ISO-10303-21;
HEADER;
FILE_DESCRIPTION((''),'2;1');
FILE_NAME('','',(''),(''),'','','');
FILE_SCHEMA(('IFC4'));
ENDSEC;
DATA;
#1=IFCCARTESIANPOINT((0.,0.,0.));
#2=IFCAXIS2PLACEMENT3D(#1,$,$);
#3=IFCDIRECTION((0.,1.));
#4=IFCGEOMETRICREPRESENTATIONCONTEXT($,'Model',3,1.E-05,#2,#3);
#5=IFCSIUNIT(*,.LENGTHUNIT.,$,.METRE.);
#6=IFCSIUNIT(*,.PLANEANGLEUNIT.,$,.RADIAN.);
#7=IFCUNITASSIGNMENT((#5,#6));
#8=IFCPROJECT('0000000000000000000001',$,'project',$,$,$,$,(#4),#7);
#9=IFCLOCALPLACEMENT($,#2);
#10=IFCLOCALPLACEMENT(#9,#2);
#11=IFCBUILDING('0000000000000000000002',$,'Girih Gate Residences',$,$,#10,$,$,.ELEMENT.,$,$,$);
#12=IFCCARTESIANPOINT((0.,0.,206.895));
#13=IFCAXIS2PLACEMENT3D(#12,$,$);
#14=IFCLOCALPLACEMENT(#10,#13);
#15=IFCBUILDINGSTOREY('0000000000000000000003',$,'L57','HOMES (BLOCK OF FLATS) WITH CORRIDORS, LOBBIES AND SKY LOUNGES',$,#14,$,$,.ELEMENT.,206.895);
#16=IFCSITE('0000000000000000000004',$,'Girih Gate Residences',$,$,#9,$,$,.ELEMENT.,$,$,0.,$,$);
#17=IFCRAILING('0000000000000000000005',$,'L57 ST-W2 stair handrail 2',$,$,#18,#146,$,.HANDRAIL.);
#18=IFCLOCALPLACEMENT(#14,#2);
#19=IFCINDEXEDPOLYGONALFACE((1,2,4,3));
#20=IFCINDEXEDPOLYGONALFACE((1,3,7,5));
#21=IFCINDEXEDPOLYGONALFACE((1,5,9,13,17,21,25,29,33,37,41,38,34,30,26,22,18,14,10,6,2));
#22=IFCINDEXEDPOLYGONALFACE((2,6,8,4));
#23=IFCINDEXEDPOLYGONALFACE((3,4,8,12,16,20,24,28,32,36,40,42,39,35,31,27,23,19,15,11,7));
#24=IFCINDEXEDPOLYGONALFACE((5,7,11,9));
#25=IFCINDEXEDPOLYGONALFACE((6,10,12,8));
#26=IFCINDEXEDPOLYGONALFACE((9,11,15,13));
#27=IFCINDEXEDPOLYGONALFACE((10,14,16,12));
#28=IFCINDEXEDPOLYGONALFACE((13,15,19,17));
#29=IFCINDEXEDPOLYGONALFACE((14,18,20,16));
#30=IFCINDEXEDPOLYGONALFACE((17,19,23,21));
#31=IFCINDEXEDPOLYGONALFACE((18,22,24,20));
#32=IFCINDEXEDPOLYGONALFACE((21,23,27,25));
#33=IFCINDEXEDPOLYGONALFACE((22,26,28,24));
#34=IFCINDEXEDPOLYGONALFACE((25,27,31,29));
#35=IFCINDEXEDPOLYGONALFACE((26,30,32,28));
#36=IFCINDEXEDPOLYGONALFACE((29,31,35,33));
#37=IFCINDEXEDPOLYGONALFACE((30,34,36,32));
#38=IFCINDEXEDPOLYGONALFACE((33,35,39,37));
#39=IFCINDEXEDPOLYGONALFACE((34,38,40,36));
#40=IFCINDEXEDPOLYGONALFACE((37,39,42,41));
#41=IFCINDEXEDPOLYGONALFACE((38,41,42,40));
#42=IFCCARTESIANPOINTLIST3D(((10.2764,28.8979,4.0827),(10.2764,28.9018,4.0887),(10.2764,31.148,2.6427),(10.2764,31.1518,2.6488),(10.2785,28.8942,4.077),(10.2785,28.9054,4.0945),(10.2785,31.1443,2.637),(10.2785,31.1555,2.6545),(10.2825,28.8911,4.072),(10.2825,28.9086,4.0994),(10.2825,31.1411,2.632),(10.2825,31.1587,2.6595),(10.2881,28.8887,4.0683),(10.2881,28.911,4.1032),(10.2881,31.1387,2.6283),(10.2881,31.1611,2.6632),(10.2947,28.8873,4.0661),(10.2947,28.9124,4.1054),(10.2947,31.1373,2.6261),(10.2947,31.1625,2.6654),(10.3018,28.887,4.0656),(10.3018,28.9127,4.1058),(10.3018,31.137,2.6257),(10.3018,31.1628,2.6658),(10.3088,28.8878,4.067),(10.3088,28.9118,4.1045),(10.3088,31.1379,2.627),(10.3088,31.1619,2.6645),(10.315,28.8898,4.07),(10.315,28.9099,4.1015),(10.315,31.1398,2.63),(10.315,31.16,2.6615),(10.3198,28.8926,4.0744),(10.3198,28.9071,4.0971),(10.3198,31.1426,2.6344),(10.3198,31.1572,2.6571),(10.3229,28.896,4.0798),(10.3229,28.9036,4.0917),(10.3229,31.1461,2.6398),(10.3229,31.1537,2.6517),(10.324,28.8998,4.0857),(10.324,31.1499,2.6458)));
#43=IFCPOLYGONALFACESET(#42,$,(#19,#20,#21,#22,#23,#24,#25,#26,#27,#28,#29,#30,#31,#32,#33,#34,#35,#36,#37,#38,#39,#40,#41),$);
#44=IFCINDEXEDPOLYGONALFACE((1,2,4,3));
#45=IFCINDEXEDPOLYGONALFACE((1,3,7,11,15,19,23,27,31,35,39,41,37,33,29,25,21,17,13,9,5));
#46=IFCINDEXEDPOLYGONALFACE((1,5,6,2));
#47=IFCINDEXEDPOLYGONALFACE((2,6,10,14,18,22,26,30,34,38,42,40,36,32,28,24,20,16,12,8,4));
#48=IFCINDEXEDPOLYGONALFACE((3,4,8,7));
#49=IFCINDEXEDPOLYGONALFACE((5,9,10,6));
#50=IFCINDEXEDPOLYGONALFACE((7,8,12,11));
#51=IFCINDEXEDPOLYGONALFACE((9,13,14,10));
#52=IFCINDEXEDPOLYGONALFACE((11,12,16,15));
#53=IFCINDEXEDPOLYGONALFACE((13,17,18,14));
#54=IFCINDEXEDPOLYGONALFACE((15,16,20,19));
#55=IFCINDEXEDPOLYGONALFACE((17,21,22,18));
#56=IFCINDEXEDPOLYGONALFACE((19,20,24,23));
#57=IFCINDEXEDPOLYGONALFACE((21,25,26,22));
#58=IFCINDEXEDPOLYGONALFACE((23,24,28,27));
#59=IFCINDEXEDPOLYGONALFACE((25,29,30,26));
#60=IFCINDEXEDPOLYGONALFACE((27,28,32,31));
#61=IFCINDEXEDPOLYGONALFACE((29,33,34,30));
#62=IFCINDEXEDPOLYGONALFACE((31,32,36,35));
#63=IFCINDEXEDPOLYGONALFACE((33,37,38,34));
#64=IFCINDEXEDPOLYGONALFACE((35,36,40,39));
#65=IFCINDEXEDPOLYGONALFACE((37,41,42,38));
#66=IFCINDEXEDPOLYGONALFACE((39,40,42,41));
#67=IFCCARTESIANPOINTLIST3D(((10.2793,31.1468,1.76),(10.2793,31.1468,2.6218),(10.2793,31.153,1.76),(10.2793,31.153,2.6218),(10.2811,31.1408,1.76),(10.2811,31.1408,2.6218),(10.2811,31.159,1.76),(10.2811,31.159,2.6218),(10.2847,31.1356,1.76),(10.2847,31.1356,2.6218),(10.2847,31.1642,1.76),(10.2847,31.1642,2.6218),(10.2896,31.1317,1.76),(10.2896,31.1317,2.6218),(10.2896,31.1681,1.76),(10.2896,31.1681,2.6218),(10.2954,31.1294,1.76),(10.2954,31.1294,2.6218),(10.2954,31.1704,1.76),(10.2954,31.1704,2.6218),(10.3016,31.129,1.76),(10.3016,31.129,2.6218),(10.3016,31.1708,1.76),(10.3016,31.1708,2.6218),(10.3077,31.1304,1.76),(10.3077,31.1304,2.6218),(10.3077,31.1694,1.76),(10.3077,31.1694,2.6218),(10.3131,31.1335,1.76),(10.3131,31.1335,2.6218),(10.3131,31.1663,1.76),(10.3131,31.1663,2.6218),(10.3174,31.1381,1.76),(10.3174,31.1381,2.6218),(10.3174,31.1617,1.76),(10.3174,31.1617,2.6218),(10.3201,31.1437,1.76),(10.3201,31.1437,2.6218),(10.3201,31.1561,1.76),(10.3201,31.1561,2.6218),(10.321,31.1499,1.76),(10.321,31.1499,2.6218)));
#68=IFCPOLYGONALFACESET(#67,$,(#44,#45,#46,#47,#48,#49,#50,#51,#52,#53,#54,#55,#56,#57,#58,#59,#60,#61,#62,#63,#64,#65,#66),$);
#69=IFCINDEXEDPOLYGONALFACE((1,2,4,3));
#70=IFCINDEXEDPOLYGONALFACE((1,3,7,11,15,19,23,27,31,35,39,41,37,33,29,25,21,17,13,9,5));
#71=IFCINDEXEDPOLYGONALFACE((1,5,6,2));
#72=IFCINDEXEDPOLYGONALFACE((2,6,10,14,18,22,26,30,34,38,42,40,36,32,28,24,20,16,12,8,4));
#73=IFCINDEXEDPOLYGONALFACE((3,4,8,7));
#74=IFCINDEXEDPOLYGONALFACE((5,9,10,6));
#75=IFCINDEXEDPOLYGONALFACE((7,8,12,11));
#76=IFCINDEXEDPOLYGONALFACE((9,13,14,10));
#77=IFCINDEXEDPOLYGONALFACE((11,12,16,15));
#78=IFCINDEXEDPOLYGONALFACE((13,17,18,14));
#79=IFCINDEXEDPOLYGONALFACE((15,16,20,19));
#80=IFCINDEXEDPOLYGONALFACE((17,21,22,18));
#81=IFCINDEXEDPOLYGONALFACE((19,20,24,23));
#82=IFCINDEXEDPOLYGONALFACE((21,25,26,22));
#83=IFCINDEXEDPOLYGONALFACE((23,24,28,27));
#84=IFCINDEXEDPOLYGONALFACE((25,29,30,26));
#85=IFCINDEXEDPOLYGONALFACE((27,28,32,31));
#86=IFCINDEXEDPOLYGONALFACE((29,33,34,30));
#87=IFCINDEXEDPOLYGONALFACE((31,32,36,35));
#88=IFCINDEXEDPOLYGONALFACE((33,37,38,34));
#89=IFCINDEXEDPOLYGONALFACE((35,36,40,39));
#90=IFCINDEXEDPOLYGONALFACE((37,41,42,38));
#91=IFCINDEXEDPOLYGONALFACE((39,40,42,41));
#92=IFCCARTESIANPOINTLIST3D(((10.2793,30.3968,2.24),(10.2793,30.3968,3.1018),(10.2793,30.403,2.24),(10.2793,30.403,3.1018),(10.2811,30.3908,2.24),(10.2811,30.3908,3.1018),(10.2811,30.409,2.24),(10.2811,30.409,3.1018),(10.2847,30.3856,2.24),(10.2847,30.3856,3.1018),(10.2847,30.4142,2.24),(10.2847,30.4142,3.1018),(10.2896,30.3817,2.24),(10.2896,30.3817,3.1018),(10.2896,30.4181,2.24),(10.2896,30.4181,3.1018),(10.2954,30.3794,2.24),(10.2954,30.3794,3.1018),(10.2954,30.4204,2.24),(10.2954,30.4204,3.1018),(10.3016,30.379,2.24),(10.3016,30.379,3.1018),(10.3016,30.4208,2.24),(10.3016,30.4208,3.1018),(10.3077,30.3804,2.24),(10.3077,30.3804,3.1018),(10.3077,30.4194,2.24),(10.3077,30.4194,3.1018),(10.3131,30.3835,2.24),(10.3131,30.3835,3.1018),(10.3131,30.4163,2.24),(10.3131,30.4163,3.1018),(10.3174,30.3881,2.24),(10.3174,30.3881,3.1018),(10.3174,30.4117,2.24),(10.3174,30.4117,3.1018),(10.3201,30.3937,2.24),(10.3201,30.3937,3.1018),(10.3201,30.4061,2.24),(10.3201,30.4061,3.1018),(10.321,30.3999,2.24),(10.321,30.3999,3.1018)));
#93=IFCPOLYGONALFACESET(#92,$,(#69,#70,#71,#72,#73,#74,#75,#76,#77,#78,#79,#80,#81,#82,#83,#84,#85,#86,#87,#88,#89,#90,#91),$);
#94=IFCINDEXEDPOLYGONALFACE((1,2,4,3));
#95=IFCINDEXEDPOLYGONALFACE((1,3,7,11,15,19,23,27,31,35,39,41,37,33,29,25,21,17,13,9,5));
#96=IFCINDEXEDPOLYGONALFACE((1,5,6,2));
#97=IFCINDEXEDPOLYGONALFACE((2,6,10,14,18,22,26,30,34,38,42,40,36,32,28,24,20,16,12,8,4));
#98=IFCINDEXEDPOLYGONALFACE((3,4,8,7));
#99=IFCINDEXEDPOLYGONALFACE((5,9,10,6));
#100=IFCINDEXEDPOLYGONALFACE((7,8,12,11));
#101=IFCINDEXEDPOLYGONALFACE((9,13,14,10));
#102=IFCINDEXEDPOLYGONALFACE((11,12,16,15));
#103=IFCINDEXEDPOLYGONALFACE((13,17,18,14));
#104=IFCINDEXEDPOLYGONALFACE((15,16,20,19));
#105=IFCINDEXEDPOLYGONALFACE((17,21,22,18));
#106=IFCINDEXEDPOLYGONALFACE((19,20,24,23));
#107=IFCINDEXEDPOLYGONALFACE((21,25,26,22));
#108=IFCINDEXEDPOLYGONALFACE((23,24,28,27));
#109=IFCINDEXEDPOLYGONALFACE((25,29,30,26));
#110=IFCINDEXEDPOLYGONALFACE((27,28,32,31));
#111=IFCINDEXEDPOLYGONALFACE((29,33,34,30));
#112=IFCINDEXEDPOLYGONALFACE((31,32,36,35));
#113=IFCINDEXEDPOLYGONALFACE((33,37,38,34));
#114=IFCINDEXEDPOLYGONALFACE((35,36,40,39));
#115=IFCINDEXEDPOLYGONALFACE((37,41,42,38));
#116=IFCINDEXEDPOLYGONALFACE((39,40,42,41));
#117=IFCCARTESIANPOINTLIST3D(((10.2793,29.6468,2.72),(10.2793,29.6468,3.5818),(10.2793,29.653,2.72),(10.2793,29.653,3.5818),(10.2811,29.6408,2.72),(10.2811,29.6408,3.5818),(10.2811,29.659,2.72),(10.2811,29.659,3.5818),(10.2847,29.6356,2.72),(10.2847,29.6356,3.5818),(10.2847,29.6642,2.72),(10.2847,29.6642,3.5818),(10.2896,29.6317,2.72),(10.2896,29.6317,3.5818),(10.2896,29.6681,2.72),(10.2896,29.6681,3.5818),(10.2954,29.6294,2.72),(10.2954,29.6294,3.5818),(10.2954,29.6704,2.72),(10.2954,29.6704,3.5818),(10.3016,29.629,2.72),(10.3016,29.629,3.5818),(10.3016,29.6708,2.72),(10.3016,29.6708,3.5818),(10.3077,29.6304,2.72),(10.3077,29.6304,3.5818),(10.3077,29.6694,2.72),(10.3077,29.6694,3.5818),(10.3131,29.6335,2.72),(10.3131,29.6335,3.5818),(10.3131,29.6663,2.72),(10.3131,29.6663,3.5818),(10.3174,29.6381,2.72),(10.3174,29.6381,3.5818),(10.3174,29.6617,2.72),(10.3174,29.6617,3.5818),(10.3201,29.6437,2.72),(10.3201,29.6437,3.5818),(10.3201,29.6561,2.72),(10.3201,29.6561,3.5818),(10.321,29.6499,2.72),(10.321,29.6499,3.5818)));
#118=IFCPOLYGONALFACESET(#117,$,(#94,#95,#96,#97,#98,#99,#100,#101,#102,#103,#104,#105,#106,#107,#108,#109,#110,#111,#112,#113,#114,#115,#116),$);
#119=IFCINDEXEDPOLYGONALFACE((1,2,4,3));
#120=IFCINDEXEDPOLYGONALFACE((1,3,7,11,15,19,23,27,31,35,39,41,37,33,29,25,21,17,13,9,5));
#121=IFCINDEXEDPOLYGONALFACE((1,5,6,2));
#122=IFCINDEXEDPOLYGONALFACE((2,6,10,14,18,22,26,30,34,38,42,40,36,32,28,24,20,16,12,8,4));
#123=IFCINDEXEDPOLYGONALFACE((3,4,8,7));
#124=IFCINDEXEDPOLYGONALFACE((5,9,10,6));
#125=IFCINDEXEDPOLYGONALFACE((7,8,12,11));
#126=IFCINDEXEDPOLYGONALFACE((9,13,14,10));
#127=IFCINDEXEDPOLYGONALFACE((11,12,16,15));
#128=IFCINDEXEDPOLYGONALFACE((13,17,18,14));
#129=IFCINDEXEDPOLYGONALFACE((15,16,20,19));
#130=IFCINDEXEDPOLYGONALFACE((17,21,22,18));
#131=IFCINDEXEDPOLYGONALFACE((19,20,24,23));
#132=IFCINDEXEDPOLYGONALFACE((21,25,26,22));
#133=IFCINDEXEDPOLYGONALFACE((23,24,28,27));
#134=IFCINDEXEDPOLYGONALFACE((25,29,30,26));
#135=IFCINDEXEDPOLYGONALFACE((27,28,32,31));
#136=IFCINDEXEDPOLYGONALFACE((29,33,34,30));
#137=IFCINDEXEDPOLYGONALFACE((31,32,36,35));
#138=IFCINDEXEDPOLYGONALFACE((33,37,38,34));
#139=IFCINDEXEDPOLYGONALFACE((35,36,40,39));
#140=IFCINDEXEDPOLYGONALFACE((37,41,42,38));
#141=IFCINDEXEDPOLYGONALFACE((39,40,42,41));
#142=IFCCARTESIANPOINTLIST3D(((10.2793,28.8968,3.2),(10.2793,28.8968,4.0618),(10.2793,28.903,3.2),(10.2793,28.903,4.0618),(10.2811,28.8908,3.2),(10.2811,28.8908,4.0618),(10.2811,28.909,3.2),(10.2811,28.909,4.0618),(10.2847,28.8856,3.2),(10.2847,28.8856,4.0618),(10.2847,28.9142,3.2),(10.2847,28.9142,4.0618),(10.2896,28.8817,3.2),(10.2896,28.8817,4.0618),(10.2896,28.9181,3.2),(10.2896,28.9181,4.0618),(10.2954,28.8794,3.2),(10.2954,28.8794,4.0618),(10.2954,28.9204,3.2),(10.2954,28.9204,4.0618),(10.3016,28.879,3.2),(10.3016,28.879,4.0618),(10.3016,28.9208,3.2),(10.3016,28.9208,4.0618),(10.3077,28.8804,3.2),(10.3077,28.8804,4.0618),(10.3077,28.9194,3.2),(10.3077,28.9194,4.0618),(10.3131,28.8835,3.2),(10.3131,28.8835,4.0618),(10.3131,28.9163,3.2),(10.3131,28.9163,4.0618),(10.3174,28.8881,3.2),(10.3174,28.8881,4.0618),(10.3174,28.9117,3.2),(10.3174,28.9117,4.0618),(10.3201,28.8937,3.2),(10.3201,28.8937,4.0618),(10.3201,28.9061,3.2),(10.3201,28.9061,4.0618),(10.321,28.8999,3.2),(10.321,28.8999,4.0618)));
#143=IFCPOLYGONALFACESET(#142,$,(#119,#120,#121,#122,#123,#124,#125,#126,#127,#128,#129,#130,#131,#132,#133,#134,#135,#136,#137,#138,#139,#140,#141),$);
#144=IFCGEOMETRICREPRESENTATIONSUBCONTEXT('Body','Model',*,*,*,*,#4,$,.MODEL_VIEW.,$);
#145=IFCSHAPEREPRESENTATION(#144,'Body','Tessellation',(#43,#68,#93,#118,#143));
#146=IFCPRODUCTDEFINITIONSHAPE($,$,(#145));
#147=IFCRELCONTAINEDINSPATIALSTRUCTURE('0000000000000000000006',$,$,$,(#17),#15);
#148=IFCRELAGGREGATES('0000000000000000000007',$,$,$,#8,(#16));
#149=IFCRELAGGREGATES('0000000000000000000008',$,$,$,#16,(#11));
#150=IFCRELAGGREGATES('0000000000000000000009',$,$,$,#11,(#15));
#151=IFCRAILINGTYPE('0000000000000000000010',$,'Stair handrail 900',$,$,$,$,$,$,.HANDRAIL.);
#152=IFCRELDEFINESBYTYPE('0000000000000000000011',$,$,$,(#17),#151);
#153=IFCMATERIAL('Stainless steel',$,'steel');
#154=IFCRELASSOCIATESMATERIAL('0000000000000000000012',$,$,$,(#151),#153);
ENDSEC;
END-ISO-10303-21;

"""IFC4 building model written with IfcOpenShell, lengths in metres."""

from ifc_helpers import new_model, si_unit, direction, frame, origin, origin_2d, place, context, subcontext, project, spatial, circle, extrude, material, type_object, element, save


model = new_model("IFC4")

# Units and contexts
model_context = context("Model", 3, precision=1e-05, world=origin(), true_north=direction((0.0, 1.0)))
body_context = subcontext(model_context, "Body", "Model", "MODEL_VIEW")
ifc_project = project(units=[si_unit("LENGTHUNIT", "METRE"), si_unit("PLANEANGLEUNIT", "RADIAN")], contexts=[model_context])

# Site, building, storey
site_placement = place(None, origin())
site = spatial("IfcSite", under=ifc_project, at=site_placement, Name="Girih Gate Residences", CompositionType="ELEMENT", RefElevation=0.0)
building_placement = place(site_placement, origin())
building = spatial("IfcBuilding", under=site, at=building_placement, Name="Girih Gate Residences", CompositionType="ELEMENT")
storey_placement = place(building_placement, frame((0.0, 0.0, 206.895)))
storey = spatial("IfcBuildingStorey", under=building, at=storey_placement, Name="L57", Description="HOMES (BLOCK OF FLATS) WITH CORRIDORS, LOBBIES AND SKY LOUNGES", CompositionType="ELEMENT", Elevation=206.895)

# Railing
ifc_material_1 = material(Name="Stainless steel", Category="steel")
railing_type_1 = type_object("IfcRailingType", Name="Stair handrail 900", PredefinedType="HANDRAIL", material=ifc_material_1)
railing_1_placement = place(storey_placement, frame((10.3, 31.1499, 1.76)))
element("IfcRailing", 1, at=railing_1_placement, inside=storey, type_object=railing_type_1, Name="L57 ST-W2 stair handrail 2", PredefinedType="HANDRAIL", context=body_context, shape_type="SweptSolid", body=[
    extrude(circle(Radius=0.0239, at=origin_2d()), frame((0.0, 0.0, 0.8857), z_axis=(0.0, -0.842281, 0.539038), x_axis=(1.0, 0.0, 0.0)), (0.0, 0.0, 1.0), 2.6714),
    extrude(circle(Radius=0.021, at=origin_2d()), origin(), (0.0, 0.0, 1.0), 0.8618),
    extrude(circle(Radius=0.021, at=origin_2d()), frame((0.0, -0.75, 0.48)), (0.0, 0.0, 1.0), 0.8618),
    extrude(circle(Radius=0.021, at=origin_2d()), frame((0.0, -1.5, 0.96)), (0.0, 0.0, 1.0), 0.8618),
    extrude(circle(Radius=0.021, at=origin_2d()), frame((0.0, -2.25, 1.4399)), (0.0, 0.0, 1.0), 0.8618),
])

save(model, "model.ifc")
